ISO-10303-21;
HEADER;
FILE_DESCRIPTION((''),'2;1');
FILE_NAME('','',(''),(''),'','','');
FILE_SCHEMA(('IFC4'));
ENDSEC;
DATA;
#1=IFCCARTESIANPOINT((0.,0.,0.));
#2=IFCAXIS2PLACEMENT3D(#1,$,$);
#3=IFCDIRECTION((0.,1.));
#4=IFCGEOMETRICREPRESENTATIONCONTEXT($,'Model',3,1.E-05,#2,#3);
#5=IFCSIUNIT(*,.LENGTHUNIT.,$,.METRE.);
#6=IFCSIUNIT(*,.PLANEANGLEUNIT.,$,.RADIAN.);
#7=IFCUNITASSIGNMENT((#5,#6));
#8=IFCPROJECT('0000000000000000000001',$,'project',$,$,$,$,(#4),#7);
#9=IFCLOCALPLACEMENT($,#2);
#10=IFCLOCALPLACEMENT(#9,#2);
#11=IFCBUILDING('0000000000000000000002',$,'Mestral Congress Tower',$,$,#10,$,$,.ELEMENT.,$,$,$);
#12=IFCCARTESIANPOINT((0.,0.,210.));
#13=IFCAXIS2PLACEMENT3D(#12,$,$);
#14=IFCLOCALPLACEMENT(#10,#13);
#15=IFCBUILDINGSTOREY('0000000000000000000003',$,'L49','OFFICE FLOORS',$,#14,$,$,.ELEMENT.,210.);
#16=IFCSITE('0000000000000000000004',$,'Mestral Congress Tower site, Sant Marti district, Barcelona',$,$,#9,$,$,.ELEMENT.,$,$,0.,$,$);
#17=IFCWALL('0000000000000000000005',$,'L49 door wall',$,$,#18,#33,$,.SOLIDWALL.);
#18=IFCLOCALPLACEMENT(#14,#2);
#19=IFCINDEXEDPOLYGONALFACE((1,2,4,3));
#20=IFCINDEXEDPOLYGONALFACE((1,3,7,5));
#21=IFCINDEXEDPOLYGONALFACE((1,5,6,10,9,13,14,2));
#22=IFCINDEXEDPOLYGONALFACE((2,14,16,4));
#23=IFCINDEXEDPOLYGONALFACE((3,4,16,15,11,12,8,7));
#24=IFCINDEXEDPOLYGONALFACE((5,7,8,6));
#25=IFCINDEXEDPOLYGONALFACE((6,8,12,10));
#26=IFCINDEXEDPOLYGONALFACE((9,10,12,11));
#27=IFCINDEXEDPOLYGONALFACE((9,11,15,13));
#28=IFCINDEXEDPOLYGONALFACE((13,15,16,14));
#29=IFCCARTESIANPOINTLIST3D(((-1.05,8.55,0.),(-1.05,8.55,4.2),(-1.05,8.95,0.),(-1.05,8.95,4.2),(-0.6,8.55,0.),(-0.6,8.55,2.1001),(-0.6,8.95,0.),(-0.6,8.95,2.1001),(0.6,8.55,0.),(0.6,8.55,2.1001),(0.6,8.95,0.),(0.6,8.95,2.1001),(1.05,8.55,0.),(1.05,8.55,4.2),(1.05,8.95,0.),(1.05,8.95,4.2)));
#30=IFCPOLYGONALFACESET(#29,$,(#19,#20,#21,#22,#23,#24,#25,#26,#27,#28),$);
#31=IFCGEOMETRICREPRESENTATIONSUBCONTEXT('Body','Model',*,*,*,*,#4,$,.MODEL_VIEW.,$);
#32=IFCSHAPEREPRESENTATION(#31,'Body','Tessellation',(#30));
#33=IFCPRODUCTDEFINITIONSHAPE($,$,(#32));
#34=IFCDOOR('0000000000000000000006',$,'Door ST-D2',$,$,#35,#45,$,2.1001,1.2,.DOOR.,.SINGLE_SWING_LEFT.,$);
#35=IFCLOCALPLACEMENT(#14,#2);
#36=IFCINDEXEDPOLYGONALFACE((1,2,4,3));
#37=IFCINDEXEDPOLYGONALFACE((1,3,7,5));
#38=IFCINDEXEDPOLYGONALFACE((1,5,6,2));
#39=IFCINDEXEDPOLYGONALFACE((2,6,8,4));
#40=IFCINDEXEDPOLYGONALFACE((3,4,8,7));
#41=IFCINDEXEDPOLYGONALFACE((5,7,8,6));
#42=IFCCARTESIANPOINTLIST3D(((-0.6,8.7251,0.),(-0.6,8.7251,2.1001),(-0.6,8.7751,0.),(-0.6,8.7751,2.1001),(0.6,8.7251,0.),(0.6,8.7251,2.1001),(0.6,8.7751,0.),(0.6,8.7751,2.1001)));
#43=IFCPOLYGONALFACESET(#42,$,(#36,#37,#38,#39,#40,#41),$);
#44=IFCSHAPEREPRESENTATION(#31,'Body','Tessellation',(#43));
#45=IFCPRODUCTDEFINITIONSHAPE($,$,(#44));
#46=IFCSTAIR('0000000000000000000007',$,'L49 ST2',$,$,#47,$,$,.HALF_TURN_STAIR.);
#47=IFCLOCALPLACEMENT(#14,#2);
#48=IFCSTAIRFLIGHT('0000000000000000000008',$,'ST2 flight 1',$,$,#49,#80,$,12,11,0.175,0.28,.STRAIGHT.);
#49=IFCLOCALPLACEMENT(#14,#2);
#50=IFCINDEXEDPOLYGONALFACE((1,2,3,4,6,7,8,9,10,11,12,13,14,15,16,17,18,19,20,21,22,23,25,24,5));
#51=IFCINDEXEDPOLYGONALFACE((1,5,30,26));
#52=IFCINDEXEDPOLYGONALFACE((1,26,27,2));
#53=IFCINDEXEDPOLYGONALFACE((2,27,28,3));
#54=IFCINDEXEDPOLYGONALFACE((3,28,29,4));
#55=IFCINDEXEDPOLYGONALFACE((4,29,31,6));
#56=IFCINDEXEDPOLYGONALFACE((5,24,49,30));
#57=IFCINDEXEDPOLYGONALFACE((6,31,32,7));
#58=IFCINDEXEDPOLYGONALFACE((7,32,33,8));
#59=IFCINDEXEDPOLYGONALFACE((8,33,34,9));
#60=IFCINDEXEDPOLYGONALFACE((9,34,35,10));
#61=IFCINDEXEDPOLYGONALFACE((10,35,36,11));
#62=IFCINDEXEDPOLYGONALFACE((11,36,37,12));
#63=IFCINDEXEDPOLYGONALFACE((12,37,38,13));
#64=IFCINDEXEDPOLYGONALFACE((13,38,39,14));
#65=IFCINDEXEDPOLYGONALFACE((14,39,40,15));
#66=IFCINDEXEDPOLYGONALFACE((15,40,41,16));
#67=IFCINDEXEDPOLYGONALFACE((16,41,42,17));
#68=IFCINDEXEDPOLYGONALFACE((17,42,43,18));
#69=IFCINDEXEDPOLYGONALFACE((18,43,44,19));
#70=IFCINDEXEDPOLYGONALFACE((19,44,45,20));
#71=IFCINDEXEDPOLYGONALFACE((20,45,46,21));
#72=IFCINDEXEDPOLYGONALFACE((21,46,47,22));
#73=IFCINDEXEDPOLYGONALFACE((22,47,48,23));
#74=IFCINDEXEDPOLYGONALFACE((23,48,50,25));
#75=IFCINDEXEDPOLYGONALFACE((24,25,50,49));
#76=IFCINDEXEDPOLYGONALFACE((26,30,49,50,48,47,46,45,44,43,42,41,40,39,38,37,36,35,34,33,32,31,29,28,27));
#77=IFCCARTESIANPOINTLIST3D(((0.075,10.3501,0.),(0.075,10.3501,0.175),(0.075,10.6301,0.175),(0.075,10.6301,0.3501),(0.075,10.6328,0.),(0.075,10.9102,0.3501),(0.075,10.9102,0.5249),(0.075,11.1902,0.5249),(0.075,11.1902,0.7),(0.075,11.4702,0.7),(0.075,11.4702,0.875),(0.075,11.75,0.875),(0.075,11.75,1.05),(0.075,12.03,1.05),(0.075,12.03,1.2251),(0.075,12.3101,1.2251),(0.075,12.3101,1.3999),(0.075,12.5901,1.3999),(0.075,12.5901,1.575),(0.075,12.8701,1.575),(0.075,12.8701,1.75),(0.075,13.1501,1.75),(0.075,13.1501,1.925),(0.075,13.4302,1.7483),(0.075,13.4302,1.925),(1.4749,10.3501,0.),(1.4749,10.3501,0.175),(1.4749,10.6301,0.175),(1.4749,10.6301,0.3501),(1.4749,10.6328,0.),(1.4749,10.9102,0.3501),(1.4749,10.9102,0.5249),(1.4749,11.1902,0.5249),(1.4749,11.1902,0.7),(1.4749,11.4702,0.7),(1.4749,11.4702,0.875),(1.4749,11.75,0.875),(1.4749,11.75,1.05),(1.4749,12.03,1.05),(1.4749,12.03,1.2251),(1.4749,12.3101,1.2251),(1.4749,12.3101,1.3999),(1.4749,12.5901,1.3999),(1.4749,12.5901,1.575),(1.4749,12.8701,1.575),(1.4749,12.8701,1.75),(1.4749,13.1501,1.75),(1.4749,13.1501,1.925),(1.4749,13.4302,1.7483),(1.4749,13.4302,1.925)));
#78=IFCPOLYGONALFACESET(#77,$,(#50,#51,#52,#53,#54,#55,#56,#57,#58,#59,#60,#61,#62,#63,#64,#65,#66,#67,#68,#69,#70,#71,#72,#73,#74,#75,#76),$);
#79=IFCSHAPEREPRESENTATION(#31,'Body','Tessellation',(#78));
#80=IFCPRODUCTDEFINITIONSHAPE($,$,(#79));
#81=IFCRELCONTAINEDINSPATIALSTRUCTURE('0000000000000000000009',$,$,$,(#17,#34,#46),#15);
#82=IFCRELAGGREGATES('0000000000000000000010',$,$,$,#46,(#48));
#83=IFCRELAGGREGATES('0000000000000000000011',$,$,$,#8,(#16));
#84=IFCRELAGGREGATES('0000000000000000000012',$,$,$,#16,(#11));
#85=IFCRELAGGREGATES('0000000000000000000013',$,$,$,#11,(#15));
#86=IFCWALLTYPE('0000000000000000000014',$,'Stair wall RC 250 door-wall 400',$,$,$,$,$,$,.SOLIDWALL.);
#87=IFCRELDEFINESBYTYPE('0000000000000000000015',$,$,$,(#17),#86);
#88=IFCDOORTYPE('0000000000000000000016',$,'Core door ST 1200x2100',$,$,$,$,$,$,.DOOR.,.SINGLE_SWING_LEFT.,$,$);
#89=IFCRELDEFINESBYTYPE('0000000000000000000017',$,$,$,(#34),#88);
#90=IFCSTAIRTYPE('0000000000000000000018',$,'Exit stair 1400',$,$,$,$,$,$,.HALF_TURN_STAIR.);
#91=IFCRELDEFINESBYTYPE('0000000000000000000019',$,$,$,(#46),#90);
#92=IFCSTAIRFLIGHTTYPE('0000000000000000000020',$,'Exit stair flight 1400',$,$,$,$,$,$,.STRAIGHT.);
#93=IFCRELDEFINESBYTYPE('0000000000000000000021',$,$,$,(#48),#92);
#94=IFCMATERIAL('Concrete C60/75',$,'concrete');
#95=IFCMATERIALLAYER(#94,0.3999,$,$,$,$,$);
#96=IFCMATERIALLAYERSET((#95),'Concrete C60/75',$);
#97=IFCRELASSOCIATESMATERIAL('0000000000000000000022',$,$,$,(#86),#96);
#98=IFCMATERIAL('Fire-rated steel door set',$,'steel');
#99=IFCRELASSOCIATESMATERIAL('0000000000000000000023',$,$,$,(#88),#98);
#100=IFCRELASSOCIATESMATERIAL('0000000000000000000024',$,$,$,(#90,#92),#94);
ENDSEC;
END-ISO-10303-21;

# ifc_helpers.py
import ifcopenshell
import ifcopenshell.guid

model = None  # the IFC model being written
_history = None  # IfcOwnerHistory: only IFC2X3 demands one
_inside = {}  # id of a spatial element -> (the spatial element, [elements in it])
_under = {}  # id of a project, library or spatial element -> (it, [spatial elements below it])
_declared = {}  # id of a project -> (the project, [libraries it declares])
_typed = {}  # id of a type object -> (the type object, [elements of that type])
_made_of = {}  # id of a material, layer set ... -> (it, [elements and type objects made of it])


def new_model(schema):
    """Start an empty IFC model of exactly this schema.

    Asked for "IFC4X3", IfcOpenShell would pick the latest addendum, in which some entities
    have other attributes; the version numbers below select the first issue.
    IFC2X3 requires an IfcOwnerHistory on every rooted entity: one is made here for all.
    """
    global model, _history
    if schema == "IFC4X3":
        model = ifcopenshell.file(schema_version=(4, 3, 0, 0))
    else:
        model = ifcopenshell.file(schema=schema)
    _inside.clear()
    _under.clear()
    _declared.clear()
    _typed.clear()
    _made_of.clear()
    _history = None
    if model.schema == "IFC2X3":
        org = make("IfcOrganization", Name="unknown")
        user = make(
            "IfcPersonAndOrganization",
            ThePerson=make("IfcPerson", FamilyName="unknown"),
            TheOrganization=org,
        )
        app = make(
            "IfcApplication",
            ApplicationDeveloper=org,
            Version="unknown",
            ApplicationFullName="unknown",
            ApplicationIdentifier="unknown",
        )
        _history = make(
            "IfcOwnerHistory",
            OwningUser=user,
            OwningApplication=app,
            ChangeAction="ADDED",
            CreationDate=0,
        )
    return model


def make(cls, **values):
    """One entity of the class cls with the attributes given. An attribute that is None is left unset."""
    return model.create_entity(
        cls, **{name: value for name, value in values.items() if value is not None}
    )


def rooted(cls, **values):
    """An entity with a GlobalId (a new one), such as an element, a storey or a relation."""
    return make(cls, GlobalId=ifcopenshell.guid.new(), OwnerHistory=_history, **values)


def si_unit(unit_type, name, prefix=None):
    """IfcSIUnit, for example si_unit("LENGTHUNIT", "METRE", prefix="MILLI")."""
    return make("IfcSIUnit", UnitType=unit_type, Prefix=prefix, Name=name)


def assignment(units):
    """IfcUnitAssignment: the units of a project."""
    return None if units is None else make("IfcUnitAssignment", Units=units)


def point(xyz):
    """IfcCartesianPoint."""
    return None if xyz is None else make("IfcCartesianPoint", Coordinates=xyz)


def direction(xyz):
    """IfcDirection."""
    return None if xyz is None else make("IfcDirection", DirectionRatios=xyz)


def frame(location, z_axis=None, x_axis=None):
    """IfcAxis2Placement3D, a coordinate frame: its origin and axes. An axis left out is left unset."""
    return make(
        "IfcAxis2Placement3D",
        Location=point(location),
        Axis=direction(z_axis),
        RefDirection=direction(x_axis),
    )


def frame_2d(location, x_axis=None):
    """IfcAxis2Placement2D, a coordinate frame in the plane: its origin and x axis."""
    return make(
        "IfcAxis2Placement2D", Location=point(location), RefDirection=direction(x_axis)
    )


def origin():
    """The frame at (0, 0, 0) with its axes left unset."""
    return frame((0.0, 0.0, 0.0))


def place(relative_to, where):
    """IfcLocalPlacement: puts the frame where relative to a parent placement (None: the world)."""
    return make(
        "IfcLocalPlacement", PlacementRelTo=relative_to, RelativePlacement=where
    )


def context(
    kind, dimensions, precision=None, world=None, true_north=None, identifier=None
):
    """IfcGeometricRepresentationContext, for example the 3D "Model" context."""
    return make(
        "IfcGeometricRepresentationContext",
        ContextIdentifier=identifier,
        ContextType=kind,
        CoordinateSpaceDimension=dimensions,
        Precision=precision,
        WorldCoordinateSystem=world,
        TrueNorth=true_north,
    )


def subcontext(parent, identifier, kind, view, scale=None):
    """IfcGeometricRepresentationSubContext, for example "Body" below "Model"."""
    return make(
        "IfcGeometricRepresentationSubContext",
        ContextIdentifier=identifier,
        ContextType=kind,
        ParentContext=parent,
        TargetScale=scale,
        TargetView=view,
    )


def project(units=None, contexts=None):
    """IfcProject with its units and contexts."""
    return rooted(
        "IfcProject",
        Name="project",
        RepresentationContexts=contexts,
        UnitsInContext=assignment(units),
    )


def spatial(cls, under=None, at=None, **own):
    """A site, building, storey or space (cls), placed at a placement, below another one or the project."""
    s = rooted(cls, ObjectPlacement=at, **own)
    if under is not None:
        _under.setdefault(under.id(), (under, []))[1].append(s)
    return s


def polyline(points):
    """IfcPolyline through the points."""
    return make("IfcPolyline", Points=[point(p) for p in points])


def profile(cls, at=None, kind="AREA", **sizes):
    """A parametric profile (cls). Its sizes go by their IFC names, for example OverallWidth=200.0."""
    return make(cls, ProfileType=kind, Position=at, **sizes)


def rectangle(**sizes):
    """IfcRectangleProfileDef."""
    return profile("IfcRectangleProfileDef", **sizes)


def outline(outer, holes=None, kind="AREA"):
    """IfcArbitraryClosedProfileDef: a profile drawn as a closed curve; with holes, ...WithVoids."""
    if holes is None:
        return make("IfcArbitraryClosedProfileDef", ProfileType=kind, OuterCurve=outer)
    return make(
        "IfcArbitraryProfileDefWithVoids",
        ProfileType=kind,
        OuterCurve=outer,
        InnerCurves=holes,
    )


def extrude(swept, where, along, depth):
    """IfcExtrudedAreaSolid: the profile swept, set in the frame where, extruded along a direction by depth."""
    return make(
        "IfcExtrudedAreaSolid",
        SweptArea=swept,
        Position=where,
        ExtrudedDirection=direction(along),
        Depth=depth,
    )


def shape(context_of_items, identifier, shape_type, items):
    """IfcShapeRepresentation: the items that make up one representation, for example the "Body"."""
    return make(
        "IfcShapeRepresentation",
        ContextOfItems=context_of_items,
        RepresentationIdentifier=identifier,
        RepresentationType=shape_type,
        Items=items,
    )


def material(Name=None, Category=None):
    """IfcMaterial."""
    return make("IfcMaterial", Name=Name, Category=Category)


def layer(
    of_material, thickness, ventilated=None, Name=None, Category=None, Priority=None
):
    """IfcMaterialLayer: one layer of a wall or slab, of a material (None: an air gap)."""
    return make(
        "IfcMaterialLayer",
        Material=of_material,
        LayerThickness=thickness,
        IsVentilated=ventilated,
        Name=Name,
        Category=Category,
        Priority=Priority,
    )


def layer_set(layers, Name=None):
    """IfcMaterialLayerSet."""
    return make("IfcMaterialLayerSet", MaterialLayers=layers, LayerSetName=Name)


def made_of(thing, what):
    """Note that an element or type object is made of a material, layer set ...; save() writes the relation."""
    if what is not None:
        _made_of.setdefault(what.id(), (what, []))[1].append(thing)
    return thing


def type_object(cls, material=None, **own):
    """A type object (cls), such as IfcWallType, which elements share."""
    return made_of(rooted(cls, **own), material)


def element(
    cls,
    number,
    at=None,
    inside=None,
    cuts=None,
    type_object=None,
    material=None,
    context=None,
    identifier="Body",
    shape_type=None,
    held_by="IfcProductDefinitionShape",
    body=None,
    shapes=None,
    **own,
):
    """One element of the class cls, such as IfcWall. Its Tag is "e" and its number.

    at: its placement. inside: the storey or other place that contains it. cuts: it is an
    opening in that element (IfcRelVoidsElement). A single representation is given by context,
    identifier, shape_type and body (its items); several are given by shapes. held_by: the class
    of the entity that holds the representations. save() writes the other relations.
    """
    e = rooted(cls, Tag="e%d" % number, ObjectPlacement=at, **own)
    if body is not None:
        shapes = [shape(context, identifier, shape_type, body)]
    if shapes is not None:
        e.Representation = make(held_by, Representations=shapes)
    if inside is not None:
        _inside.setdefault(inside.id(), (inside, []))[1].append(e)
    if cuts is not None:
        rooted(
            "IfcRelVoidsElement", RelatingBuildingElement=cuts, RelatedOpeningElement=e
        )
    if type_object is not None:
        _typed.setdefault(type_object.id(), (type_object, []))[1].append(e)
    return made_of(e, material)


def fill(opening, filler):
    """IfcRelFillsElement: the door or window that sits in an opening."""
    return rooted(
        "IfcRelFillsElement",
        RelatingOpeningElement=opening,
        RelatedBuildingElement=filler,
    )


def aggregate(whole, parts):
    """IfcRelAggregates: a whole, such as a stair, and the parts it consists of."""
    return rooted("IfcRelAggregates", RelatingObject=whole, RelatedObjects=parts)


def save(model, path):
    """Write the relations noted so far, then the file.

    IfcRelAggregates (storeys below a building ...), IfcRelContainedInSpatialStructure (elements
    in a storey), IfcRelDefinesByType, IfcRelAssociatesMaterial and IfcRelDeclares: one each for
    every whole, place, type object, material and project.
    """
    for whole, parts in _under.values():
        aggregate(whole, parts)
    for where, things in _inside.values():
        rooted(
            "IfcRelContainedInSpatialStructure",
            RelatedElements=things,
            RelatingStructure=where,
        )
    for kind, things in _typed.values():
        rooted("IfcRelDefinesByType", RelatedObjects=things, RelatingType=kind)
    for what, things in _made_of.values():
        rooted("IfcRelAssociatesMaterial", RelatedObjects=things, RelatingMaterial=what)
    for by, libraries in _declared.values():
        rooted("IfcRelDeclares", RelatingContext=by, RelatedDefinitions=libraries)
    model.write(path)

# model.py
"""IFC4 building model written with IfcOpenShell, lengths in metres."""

from ifc_helpers import new_model, si_unit, direction, frame, frame_2d, origin, place, context, subcontext, project, spatial, polyline, rectangle, outline, extrude, material, layer, layer_set, type_object, element, fill, aggregate, save


model = new_model("IFC4")

# Units and contexts
model_context = context("Model", 3, precision=1e-05, world=origin(), true_north=direction((0.0, 1.0)))
body_context = subcontext(model_context, "Body", "Model", "MODEL_VIEW")
ifc_project = project(units=[si_unit("LENGTHUNIT", "METRE"), si_unit("PLANEANGLEUNIT", "RADIAN")], contexts=[model_context])

# Site, building, storey
site_placement = place(None, origin())
site = spatial("IfcSite", under=ifc_project, at=site_placement, Name="Mestral Congress Tower site, Sant Marti district, Barcelona", CompositionType="ELEMENT", RefElevation=0.0)
building_placement = place(site_placement, origin())
building = spatial("IfcBuilding", under=site, at=building_placement, Name="Mestral Congress Tower", CompositionType="ELEMENT")
storey_placement = place(building_placement, frame((0.0, 0.0, 210.0)))
storey = spatial("IfcBuildingStorey", under=building, at=storey_placement, Name="L49", Description="OFFICE FLOORS", CompositionType="ELEMENT", Elevation=210.0)

# Shared definitions
ifc_material_1 = material(Name="Concrete C60/75", Category="concrete")

# Shared definitions
ifc_material_2 = material(Name="Fire-rated steel door set", Category="steel")

# Wall, opening, door
ifc_layer_1 = layer(ifc_material_1, 0.3999)
ifc_layer_set_1 = layer_set([ifc_layer_1], Name="Concrete C60/75")
wall_type_1 = type_object("IfcWallType", Name="Stair wall RC 250 door-wall 400", PredefinedType="SOLIDWALL", material=ifc_layer_set_1)
wall_1_placement = place(storey_placement, frame((1.05, 8.75, 0.0), z_axis=(0.0, 0.0, 1.0), x_axis=(-1.0, 0.0, 0.0)))
wall_1 = element("IfcWall", 1, at=wall_1_placement, inside=storey, type_object=wall_type_1, Name="L49 door wall", PredefinedType="SOLIDWALL", context=body_context, shape_type="SweptSolid", body=[
    extrude(rectangle(XDim=2.1001, YDim=0.3999, at=frame_2d((1.05, 0.0))), origin(), (0.0, 0.0, 1.0), 4.2),
])
opening_1_placement = place(wall_1_placement, frame((0.45, 0.0, 0.0)))
opening_1 = element("IfcOpeningElement", 2, at=opening_1_placement, cuts=wall_1, PredefinedType="OPENING", context=body_context, shape_type="SweptSolid", body=[
    extrude(rectangle(XDim=1.2, YDim=2.1001, at=frame_2d((0.6001, 1.05))), frame((0.0, 0.21, 0.0), z_axis=(0.0, -1.0, 0.0), x_axis=(1.0, 0.0, 0.0)), (0.0, 0.0, 1.0), 0.4199),
])
door_type_1 = type_object("IfcDoorType", Name="Core door ST 1200x2100", OperationType="SINGLE_SWING_LEFT", PredefinedType="DOOR", material=ifc_material_2)
door_1_placement = place(opening_1_placement, origin())
door_1 = element("IfcDoor", 3, at=door_1_placement, inside=storey, type_object=door_type_1, Name="Door ST-D2", OperationType="SINGLE_SWING_LEFT", OverallHeight=2.1001, OverallWidth=1.2, PredefinedType="DOOR", context=body_context, shape_type="SweptSolid", body=[
    extrude(rectangle(XDim=1.2, YDim=2.1001, at=frame_2d((0.6001, 1.05))), frame((0.0, 0.0249, 0.0), z_axis=(0.0, -1.0, 0.0), x_axis=(1.0, 0.0, 0.0)), (0.0, 0.0, 1.0), 0.05),
])
fill(opening_1, door_1)

# Stair, stair flight
stair_type = type_object("IfcStairType", Name="Exit stair 1400", PredefinedType="HALF_TURN_STAIR", material=ifc_material_1)
stair_placement = place(storey_placement, origin())
stair = element("IfcStair", 4, at=stair_placement, inside=storey, type_object=stair_type, Name="L49 ST2", PredefinedType="HALF_TURN_STAIR")
stair_flight_type = type_object("IfcStairFlightType", Name="Exit stair flight 1400", PredefinedType="STRAIGHT", material=ifc_material_1)
stair_flight_placement = place(storey_placement, frame((0.7749, 10.3501, 0.0), z_axis=(0.0, 0.0, 1.0), x_axis=(0.0, 1.0, 0.0)))
stair_flight = element("IfcStairFlight", 5, at=stair_flight_placement, type_object=stair_flight_type, Name="ST2 flight 1", NumberOfRisers=12, NumberOfTreads=11, PredefinedType="STRAIGHT", RiserHeight=0.175, TreadLength=0.28, context=body_context, shape_type="SweptSolid", body=[
    extrude(outline(polyline([(0.0, 0.0), (0.0, 0.175), (0.28, 0.175), (0.28, 0.3501), (0.5601, 0.3501), (0.5601, 0.5249), (0.8401, 0.5249), (0.8401, 0.7), (1.1201, 0.7), (1.1201, 0.875), (1.3999, 0.875), (1.3999, 1.05), (1.6799, 1.05), (1.6799, 1.2251), (1.96, 1.2251), (1.96, 1.3999), (2.24, 1.3999), (2.24, 1.575), (2.52, 1.575), (2.52, 1.75), (2.8, 1.75), (2.8, 1.925), (3.0801, 1.925), (3.0801, 2.1001), (3.0801, 1.7483), (0.2827, 0.0), (0.0, 0.0)])), frame((0.0, 0.7, 0.0), z_axis=(0.0, -1.0, 0.0), x_axis=(1.0, 0.0, 0.0)), (0.0, 0.0, 1.0), 1.3999),
])
aggregate(stair, [stair_flight])

save(model, "model.ifc")
